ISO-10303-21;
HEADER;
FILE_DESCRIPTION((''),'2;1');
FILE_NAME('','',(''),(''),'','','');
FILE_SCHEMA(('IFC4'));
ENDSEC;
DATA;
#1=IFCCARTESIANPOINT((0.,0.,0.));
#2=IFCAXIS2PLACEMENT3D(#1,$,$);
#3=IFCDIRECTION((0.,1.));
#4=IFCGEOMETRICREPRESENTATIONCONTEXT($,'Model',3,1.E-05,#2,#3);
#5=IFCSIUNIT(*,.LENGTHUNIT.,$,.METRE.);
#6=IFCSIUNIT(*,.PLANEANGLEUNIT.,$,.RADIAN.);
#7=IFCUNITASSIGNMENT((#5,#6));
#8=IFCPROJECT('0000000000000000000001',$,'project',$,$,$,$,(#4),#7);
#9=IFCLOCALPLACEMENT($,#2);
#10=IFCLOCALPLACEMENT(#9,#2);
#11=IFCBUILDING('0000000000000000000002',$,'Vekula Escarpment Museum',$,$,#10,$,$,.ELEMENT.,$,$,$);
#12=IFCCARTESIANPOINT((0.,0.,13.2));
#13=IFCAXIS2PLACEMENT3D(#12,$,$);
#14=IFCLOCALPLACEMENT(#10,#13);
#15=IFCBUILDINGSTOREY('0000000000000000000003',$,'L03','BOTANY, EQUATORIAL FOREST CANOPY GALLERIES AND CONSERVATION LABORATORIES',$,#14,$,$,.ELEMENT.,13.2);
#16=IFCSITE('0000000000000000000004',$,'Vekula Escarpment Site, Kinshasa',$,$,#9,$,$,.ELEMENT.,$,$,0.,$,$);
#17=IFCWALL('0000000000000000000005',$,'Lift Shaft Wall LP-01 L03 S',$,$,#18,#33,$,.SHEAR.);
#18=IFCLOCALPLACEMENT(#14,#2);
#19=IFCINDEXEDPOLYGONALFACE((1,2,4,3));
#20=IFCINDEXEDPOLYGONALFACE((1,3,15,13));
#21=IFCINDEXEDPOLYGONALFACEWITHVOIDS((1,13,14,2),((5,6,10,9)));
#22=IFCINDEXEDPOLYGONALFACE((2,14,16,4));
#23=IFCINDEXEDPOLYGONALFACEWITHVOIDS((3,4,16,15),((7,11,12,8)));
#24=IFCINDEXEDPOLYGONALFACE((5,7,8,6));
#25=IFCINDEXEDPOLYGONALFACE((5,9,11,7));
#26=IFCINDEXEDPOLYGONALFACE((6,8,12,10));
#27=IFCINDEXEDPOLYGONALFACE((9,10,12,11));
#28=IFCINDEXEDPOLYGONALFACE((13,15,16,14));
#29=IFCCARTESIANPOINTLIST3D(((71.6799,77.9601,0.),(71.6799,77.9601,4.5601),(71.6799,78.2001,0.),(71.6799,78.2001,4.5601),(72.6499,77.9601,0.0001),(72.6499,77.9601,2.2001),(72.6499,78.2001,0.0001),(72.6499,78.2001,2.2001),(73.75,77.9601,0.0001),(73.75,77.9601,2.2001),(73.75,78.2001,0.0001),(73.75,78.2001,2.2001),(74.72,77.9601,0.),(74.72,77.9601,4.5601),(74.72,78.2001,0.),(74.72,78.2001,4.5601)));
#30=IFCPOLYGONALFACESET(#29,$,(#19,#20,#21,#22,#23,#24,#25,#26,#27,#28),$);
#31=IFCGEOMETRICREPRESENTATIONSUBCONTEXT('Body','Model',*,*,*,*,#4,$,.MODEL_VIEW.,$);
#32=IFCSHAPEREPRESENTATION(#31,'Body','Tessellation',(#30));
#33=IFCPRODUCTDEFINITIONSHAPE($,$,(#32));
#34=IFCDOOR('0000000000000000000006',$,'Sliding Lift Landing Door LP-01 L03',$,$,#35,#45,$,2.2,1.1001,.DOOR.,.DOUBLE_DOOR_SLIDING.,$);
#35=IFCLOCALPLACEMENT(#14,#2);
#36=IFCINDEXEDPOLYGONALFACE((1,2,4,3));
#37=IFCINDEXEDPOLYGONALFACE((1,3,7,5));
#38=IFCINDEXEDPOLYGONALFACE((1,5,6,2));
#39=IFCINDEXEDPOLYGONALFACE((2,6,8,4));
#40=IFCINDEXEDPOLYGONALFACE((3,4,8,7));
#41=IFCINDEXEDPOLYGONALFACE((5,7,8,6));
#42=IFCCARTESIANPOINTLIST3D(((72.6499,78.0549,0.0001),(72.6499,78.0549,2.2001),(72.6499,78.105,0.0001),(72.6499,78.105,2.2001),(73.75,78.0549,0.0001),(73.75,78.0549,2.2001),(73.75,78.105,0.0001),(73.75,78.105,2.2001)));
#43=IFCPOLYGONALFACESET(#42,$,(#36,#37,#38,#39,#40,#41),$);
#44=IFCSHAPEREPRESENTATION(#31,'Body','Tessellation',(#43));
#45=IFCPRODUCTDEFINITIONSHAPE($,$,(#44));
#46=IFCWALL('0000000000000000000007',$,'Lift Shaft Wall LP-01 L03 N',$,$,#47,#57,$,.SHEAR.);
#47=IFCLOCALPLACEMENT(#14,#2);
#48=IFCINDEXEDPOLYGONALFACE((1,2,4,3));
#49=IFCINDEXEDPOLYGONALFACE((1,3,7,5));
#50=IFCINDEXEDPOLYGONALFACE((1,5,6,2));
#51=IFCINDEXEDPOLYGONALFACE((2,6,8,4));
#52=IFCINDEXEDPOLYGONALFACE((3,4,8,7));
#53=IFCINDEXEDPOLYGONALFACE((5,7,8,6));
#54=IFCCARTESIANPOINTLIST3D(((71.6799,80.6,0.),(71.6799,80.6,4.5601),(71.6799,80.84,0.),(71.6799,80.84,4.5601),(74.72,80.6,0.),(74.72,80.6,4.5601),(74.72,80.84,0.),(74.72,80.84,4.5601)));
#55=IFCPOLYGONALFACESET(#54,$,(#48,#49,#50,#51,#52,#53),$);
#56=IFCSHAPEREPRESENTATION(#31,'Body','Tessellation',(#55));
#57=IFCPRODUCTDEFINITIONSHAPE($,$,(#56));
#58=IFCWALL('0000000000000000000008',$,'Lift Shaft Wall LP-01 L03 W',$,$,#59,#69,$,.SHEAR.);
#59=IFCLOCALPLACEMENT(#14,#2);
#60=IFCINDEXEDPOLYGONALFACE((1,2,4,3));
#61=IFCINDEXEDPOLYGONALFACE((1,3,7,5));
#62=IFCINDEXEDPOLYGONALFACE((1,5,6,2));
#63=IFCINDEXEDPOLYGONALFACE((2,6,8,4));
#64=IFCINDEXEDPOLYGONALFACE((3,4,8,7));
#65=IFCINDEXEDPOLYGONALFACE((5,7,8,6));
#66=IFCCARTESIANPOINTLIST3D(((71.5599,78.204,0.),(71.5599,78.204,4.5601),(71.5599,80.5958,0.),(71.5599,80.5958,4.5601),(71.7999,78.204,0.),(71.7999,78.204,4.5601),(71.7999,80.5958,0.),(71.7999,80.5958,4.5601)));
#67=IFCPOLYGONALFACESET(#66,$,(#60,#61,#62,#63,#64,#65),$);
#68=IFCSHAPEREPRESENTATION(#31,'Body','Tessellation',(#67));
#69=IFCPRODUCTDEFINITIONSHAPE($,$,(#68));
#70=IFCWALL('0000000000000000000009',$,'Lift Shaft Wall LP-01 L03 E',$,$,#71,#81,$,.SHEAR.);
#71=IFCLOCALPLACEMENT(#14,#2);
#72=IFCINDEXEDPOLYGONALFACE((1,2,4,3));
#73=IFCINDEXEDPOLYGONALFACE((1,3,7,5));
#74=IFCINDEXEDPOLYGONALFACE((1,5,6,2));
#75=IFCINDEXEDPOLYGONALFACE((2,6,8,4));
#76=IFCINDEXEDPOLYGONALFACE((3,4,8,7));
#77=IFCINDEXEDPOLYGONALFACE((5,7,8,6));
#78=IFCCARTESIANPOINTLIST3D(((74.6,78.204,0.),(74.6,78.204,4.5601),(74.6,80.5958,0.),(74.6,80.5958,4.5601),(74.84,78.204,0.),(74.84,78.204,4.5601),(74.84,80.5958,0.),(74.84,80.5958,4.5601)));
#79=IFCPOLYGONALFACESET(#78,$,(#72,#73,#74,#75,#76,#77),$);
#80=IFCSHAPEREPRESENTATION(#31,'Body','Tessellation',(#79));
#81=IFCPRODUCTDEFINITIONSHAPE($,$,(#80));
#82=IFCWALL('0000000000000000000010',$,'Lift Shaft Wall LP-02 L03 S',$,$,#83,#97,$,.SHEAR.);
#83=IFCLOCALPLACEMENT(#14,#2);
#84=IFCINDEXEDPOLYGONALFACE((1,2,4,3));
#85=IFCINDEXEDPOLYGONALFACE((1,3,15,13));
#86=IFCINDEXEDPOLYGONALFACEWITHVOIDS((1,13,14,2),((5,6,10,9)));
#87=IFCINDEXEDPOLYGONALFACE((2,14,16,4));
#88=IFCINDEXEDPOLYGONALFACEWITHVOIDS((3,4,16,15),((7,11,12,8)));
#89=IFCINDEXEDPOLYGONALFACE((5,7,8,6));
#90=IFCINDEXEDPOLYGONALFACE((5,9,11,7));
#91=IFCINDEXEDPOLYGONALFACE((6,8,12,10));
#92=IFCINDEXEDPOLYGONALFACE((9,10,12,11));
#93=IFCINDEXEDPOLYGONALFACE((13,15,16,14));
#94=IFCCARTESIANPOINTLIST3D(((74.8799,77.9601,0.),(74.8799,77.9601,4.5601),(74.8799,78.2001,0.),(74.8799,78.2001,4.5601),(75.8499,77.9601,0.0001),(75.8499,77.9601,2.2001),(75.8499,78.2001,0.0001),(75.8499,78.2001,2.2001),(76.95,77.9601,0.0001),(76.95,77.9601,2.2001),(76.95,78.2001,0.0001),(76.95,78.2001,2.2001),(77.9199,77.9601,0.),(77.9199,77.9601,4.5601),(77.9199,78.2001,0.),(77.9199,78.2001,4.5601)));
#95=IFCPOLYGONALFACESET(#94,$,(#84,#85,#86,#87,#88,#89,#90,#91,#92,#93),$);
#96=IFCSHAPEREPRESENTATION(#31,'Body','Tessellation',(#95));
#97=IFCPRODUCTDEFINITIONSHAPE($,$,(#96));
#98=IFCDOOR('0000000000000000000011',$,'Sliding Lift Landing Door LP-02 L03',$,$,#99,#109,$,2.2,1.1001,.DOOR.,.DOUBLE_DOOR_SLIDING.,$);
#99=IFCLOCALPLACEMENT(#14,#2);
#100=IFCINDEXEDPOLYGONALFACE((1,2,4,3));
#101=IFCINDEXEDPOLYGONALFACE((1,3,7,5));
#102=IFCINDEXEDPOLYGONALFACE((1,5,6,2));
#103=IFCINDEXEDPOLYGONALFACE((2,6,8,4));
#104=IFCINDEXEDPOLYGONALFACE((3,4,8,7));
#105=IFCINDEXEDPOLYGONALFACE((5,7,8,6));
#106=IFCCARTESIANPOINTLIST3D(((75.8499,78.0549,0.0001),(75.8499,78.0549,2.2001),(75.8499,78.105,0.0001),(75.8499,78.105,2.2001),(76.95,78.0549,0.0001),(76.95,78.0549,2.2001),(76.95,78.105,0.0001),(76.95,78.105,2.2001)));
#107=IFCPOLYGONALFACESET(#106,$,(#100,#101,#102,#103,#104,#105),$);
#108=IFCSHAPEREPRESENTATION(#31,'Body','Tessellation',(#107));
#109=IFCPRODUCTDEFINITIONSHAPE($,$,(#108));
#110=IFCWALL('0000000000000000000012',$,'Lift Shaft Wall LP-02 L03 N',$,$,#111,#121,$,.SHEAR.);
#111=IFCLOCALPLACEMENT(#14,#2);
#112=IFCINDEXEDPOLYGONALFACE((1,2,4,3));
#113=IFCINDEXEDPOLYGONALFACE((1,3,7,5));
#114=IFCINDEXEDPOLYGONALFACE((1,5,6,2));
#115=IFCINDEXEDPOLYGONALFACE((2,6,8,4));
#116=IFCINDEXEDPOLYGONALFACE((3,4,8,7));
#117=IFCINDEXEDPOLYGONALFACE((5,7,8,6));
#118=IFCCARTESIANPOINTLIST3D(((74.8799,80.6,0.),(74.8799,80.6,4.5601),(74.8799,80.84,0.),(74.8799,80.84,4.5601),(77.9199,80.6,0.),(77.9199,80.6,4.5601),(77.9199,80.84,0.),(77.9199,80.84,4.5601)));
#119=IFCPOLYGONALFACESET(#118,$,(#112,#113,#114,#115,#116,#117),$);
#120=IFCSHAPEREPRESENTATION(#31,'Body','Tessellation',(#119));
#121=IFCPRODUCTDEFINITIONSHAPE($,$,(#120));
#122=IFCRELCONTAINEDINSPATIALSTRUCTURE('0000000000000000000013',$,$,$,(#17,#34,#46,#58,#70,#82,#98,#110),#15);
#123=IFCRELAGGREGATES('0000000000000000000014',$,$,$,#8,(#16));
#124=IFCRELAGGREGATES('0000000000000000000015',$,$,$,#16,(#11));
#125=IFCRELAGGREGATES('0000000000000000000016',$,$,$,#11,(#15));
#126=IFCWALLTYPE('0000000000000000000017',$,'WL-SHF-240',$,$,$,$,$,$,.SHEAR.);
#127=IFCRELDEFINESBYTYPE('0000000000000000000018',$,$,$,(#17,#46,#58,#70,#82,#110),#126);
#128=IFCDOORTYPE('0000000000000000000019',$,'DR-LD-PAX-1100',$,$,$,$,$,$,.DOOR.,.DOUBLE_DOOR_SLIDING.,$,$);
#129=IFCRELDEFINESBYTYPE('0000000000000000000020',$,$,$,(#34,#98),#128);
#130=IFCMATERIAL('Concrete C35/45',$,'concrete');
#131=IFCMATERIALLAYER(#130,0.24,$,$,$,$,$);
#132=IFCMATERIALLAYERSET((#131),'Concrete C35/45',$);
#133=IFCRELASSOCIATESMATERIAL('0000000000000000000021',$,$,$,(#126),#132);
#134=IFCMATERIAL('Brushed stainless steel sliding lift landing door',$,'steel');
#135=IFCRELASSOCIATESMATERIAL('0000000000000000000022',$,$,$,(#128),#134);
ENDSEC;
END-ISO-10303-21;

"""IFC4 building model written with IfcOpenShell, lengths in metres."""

from ifc_helpers import new_model, si_unit, direction, frame, frame_2d, origin, place, context, subcontext, project, spatial, rectangle, extrude, material, layer, layer_set, type_object, element, fill, save


model = new_model("IFC4")

# Units and contexts
model_context = context("Model", 3, precision=1e-05, world=origin(), true_north=direction((0.0, 1.0)))
body_context = subcontext(model_context, "Body", "Model", "MODEL_VIEW")
ifc_project = project(units=[si_unit("LENGTHUNIT", "METRE"), si_unit("PLANEANGLEUNIT", "RADIAN")], contexts=[model_context])

# Site, building, storey
site_placement = place(None, origin())
site = spatial("IfcSite", under=ifc_project, at=site_placement, Name="Vekula Escarpment Site, Kinshasa", CompositionType="ELEMENT", RefElevation=0.0)
building_placement = place(site_placement, origin())
building = spatial("IfcBuilding", under=site, at=building_placement, Name="Vekula Escarpment Museum", CompositionType="ELEMENT")
storey_placement = place(building_placement, frame((0.0, 0.0, 13.2)))
storey = spatial("IfcBuildingStorey", under=building, at=storey_placement, Name="L03", Description="BOTANY, EQUATORIAL FOREST CANOPY GALLERIES AND CONSERVATION LABORATORIES", CompositionType="ELEMENT", Elevation=13.2)

# Wall, opening, door
ifc_material_1 = material(Name="Concrete C35/45", Category="concrete")
ifc_layer_1 = layer(ifc_material_1, 0.24)
ifc_layer_set_1 = layer_set([ifc_layer_1], Name="Concrete C35/45")
wall_type_1 = type_object("IfcWallType", Name="WL-SHF-240", PredefinedType="SHEAR", material=ifc_layer_set_1)
wall_1_placement = place(storey_placement, frame((71.6799, 78.0801, 0.0), z_axis=(0.0, 0.0, 1.0), x_axis=(1.0, 0.0, 0.0)))
wall_1 = element("IfcWall", 1, at=wall_1_placement, inside=storey, type_object=wall_type_1, Name="Lift Shaft Wall LP-01 L03 S", PredefinedType="SHEAR", context=body_context, shape_type="SweptSolid", body=[
    extrude(rectangle(XDim=3.04, YDim=0.24, at=frame_2d((1.52, 0.0))), origin(), (0.0, 0.0, 1.0), 4.5601),
])
opening_1_placement = place(wall_1_placement, frame((0.97, 0.0, 0.0)))
opening_1 = element("IfcOpeningElement", 2, at=opening_1_placement, cuts=wall_1, PredefinedType="OPENING", context=body_context, shape_type="SweptSolid", body=[
    extrude(rectangle(XDim=1.1001, YDim=2.2, at=frame_2d((0.55, 1.1001))), frame((0.0, 0.1299, 0.0), z_axis=(0.0, -1.0, 0.0), x_axis=(1.0, 0.0, 0.0)), (0.0, 0.0, 1.0), 0.26),
])
ifc_material_2 = material(Name="Brushed stainless steel sliding lift landing door", Category="steel")
door_type = type_object("IfcDoorType", Name="DR-LD-PAX-1100", OperationType="DOUBLE_DOOR_SLIDING", PredefinedType="DOOR", material=ifc_material_2)
door_1_placement = place(opening_1_placement, origin())
door_1 = element("IfcDoor", 3, at=door_1_placement, inside=storey, type_object=door_type, Name="Sliding Lift Landing Door LP-01 L03", OperationType="DOUBLE_DOOR_SLIDING", OverallHeight=2.2, OverallWidth=1.1001, PredefinedType="DOOR", context=body_context, shape_type="SweptSolid", body=[
    extrude(rectangle(XDim=1.1001, YDim=2.2, at=frame_2d((0.55, 1.1001))), frame((0.0, 0.0249, 0.0), z_axis=(0.0, -1.0, 0.0), x_axis=(1.0, 0.0, 0.0)), (0.0, 0.0, 1.0), 0.05),
])
fill(opening_1, door_1)

# Walls
wall_2_placement = place(storey_placement, frame((71.6799, 80.72, 0.0), z_axis=(0.0, 0.0, 1.0), x_axis=(1.0, 0.0, 0.0)))
element("IfcWall", 4, at=wall_2_placement, inside=storey, type_object=wall_type_1, Name="Lift Shaft Wall LP-01 L03 N", PredefinedType="SHEAR", context=body_context, shape_type="SweptSolid", body=[
    extrude(rectangle(XDim=3.04, YDim=0.24, at=frame_2d((1.52, 0.0))), origin(), (0.0, 0.0, 1.0), 4.5601),
])
for number, where, z_axis, x_axis, name in (
    (5, (71.6799, 78.2041, 0.0), (0.0, 0.0, 1.0), (0.0, 1.0, 0.0), "Lift Shaft Wall LP-01 L03 W"),
    (6, (74.72, 78.2041, 0.0), (0.0, 0.0, 1.0), (0.0, 1.0, 0.0), "Lift Shaft Wall LP-01 L03 E"),
):
    element("IfcWall", number, at=place(storey_placement, frame(where, z_axis=z_axis, x_axis=x_axis)), inside=storey, type_object=wall_type_1, Name=name, PredefinedType="SHEAR", context=body_context, shape_type="SweptSolid", body=[
        extrude(rectangle(XDim=2.3918, YDim=0.24, at=frame_2d((1.1958, 0.0))), origin(), (0.0, 0.0, 1.0), 4.5601),
    ])

# Wall, opening, door
wall_3_placement = place(storey_placement, frame((74.8799, 78.0801, 0.0), z_axis=(0.0, 0.0, 1.0), x_axis=(1.0, 0.0, 0.0)))
wall_3 = element("IfcWall", 7, at=wall_3_placement, inside=storey, type_object=wall_type_1, Name="Lift Shaft Wall LP-02 L03 S", PredefinedType="SHEAR", context=body_context, shape_type="SweptSolid", body=[
    extrude(rectangle(XDim=3.04, YDim=0.24, at=frame_2d((1.52, 0.0))), origin(), (0.0, 0.0, 1.0), 4.5601),
])
opening_2_placement = place(wall_3_placement, frame((0.97, 0.0, 0.0)))
opening_2 = element("IfcOpeningElement", 8, at=opening_2_placement, cuts=wall_3, PredefinedType="OPENING", context=body_context, shape_type="SweptSolid", body=[
    extrude(rectangle(XDim=1.1001, YDim=2.2, at=frame_2d((0.55, 1.1001))), frame((0.0, 0.1299, 0.0), z_axis=(0.0, -1.0, 0.0), x_axis=(1.0, 0.0, 0.0)), (0.0, 0.0, 1.0), 0.26),
])
door_2_placement = place(opening_2_placement, origin())
door_2 = element("IfcDoor", 9, at=door_2_placement, inside=storey, type_object=door_type, Name="Sliding Lift Landing Door LP-02 L03", OperationType="DOUBLE_DOOR_SLIDING", OverallHeight=2.2, OverallWidth=1.1001, PredefinedType="DOOR", context=body_context, shape_type="SweptSolid", body=[
    extrude(rectangle(XDim=1.1001, YDim=2.2, at=frame_2d((0.55, 1.1001))), frame((0.0, 0.0249, 0.0), z_axis=(0.0, -1.0, 0.0), x_axis=(1.0, 0.0, 0.0)), (0.0, 0.0, 1.0), 0.05),
])
fill(opening_2, door_2)

# Wall
wall_4_placement = place(storey_placement, frame((74.8799, 80.72, 0.0), z_axis=(0.0, 0.0, 1.0), x_axis=(1.0, 0.0, 0.0)))
element("IfcWall", 10, at=wall_4_placement, inside=storey, type_object=wall_type_1, Name="Lift Shaft Wall LP-02 L03 N", PredefinedType="SHEAR", context=body_context, shape_type="SweptSolid", body=[
    extrude(rectangle(XDim=3.04, YDim=0.24, at=frame_2d((1.52, 0.0))), origin(), (0.0, 0.0, 1.0), 4.5601),
])

save(model, "model.ifc")
